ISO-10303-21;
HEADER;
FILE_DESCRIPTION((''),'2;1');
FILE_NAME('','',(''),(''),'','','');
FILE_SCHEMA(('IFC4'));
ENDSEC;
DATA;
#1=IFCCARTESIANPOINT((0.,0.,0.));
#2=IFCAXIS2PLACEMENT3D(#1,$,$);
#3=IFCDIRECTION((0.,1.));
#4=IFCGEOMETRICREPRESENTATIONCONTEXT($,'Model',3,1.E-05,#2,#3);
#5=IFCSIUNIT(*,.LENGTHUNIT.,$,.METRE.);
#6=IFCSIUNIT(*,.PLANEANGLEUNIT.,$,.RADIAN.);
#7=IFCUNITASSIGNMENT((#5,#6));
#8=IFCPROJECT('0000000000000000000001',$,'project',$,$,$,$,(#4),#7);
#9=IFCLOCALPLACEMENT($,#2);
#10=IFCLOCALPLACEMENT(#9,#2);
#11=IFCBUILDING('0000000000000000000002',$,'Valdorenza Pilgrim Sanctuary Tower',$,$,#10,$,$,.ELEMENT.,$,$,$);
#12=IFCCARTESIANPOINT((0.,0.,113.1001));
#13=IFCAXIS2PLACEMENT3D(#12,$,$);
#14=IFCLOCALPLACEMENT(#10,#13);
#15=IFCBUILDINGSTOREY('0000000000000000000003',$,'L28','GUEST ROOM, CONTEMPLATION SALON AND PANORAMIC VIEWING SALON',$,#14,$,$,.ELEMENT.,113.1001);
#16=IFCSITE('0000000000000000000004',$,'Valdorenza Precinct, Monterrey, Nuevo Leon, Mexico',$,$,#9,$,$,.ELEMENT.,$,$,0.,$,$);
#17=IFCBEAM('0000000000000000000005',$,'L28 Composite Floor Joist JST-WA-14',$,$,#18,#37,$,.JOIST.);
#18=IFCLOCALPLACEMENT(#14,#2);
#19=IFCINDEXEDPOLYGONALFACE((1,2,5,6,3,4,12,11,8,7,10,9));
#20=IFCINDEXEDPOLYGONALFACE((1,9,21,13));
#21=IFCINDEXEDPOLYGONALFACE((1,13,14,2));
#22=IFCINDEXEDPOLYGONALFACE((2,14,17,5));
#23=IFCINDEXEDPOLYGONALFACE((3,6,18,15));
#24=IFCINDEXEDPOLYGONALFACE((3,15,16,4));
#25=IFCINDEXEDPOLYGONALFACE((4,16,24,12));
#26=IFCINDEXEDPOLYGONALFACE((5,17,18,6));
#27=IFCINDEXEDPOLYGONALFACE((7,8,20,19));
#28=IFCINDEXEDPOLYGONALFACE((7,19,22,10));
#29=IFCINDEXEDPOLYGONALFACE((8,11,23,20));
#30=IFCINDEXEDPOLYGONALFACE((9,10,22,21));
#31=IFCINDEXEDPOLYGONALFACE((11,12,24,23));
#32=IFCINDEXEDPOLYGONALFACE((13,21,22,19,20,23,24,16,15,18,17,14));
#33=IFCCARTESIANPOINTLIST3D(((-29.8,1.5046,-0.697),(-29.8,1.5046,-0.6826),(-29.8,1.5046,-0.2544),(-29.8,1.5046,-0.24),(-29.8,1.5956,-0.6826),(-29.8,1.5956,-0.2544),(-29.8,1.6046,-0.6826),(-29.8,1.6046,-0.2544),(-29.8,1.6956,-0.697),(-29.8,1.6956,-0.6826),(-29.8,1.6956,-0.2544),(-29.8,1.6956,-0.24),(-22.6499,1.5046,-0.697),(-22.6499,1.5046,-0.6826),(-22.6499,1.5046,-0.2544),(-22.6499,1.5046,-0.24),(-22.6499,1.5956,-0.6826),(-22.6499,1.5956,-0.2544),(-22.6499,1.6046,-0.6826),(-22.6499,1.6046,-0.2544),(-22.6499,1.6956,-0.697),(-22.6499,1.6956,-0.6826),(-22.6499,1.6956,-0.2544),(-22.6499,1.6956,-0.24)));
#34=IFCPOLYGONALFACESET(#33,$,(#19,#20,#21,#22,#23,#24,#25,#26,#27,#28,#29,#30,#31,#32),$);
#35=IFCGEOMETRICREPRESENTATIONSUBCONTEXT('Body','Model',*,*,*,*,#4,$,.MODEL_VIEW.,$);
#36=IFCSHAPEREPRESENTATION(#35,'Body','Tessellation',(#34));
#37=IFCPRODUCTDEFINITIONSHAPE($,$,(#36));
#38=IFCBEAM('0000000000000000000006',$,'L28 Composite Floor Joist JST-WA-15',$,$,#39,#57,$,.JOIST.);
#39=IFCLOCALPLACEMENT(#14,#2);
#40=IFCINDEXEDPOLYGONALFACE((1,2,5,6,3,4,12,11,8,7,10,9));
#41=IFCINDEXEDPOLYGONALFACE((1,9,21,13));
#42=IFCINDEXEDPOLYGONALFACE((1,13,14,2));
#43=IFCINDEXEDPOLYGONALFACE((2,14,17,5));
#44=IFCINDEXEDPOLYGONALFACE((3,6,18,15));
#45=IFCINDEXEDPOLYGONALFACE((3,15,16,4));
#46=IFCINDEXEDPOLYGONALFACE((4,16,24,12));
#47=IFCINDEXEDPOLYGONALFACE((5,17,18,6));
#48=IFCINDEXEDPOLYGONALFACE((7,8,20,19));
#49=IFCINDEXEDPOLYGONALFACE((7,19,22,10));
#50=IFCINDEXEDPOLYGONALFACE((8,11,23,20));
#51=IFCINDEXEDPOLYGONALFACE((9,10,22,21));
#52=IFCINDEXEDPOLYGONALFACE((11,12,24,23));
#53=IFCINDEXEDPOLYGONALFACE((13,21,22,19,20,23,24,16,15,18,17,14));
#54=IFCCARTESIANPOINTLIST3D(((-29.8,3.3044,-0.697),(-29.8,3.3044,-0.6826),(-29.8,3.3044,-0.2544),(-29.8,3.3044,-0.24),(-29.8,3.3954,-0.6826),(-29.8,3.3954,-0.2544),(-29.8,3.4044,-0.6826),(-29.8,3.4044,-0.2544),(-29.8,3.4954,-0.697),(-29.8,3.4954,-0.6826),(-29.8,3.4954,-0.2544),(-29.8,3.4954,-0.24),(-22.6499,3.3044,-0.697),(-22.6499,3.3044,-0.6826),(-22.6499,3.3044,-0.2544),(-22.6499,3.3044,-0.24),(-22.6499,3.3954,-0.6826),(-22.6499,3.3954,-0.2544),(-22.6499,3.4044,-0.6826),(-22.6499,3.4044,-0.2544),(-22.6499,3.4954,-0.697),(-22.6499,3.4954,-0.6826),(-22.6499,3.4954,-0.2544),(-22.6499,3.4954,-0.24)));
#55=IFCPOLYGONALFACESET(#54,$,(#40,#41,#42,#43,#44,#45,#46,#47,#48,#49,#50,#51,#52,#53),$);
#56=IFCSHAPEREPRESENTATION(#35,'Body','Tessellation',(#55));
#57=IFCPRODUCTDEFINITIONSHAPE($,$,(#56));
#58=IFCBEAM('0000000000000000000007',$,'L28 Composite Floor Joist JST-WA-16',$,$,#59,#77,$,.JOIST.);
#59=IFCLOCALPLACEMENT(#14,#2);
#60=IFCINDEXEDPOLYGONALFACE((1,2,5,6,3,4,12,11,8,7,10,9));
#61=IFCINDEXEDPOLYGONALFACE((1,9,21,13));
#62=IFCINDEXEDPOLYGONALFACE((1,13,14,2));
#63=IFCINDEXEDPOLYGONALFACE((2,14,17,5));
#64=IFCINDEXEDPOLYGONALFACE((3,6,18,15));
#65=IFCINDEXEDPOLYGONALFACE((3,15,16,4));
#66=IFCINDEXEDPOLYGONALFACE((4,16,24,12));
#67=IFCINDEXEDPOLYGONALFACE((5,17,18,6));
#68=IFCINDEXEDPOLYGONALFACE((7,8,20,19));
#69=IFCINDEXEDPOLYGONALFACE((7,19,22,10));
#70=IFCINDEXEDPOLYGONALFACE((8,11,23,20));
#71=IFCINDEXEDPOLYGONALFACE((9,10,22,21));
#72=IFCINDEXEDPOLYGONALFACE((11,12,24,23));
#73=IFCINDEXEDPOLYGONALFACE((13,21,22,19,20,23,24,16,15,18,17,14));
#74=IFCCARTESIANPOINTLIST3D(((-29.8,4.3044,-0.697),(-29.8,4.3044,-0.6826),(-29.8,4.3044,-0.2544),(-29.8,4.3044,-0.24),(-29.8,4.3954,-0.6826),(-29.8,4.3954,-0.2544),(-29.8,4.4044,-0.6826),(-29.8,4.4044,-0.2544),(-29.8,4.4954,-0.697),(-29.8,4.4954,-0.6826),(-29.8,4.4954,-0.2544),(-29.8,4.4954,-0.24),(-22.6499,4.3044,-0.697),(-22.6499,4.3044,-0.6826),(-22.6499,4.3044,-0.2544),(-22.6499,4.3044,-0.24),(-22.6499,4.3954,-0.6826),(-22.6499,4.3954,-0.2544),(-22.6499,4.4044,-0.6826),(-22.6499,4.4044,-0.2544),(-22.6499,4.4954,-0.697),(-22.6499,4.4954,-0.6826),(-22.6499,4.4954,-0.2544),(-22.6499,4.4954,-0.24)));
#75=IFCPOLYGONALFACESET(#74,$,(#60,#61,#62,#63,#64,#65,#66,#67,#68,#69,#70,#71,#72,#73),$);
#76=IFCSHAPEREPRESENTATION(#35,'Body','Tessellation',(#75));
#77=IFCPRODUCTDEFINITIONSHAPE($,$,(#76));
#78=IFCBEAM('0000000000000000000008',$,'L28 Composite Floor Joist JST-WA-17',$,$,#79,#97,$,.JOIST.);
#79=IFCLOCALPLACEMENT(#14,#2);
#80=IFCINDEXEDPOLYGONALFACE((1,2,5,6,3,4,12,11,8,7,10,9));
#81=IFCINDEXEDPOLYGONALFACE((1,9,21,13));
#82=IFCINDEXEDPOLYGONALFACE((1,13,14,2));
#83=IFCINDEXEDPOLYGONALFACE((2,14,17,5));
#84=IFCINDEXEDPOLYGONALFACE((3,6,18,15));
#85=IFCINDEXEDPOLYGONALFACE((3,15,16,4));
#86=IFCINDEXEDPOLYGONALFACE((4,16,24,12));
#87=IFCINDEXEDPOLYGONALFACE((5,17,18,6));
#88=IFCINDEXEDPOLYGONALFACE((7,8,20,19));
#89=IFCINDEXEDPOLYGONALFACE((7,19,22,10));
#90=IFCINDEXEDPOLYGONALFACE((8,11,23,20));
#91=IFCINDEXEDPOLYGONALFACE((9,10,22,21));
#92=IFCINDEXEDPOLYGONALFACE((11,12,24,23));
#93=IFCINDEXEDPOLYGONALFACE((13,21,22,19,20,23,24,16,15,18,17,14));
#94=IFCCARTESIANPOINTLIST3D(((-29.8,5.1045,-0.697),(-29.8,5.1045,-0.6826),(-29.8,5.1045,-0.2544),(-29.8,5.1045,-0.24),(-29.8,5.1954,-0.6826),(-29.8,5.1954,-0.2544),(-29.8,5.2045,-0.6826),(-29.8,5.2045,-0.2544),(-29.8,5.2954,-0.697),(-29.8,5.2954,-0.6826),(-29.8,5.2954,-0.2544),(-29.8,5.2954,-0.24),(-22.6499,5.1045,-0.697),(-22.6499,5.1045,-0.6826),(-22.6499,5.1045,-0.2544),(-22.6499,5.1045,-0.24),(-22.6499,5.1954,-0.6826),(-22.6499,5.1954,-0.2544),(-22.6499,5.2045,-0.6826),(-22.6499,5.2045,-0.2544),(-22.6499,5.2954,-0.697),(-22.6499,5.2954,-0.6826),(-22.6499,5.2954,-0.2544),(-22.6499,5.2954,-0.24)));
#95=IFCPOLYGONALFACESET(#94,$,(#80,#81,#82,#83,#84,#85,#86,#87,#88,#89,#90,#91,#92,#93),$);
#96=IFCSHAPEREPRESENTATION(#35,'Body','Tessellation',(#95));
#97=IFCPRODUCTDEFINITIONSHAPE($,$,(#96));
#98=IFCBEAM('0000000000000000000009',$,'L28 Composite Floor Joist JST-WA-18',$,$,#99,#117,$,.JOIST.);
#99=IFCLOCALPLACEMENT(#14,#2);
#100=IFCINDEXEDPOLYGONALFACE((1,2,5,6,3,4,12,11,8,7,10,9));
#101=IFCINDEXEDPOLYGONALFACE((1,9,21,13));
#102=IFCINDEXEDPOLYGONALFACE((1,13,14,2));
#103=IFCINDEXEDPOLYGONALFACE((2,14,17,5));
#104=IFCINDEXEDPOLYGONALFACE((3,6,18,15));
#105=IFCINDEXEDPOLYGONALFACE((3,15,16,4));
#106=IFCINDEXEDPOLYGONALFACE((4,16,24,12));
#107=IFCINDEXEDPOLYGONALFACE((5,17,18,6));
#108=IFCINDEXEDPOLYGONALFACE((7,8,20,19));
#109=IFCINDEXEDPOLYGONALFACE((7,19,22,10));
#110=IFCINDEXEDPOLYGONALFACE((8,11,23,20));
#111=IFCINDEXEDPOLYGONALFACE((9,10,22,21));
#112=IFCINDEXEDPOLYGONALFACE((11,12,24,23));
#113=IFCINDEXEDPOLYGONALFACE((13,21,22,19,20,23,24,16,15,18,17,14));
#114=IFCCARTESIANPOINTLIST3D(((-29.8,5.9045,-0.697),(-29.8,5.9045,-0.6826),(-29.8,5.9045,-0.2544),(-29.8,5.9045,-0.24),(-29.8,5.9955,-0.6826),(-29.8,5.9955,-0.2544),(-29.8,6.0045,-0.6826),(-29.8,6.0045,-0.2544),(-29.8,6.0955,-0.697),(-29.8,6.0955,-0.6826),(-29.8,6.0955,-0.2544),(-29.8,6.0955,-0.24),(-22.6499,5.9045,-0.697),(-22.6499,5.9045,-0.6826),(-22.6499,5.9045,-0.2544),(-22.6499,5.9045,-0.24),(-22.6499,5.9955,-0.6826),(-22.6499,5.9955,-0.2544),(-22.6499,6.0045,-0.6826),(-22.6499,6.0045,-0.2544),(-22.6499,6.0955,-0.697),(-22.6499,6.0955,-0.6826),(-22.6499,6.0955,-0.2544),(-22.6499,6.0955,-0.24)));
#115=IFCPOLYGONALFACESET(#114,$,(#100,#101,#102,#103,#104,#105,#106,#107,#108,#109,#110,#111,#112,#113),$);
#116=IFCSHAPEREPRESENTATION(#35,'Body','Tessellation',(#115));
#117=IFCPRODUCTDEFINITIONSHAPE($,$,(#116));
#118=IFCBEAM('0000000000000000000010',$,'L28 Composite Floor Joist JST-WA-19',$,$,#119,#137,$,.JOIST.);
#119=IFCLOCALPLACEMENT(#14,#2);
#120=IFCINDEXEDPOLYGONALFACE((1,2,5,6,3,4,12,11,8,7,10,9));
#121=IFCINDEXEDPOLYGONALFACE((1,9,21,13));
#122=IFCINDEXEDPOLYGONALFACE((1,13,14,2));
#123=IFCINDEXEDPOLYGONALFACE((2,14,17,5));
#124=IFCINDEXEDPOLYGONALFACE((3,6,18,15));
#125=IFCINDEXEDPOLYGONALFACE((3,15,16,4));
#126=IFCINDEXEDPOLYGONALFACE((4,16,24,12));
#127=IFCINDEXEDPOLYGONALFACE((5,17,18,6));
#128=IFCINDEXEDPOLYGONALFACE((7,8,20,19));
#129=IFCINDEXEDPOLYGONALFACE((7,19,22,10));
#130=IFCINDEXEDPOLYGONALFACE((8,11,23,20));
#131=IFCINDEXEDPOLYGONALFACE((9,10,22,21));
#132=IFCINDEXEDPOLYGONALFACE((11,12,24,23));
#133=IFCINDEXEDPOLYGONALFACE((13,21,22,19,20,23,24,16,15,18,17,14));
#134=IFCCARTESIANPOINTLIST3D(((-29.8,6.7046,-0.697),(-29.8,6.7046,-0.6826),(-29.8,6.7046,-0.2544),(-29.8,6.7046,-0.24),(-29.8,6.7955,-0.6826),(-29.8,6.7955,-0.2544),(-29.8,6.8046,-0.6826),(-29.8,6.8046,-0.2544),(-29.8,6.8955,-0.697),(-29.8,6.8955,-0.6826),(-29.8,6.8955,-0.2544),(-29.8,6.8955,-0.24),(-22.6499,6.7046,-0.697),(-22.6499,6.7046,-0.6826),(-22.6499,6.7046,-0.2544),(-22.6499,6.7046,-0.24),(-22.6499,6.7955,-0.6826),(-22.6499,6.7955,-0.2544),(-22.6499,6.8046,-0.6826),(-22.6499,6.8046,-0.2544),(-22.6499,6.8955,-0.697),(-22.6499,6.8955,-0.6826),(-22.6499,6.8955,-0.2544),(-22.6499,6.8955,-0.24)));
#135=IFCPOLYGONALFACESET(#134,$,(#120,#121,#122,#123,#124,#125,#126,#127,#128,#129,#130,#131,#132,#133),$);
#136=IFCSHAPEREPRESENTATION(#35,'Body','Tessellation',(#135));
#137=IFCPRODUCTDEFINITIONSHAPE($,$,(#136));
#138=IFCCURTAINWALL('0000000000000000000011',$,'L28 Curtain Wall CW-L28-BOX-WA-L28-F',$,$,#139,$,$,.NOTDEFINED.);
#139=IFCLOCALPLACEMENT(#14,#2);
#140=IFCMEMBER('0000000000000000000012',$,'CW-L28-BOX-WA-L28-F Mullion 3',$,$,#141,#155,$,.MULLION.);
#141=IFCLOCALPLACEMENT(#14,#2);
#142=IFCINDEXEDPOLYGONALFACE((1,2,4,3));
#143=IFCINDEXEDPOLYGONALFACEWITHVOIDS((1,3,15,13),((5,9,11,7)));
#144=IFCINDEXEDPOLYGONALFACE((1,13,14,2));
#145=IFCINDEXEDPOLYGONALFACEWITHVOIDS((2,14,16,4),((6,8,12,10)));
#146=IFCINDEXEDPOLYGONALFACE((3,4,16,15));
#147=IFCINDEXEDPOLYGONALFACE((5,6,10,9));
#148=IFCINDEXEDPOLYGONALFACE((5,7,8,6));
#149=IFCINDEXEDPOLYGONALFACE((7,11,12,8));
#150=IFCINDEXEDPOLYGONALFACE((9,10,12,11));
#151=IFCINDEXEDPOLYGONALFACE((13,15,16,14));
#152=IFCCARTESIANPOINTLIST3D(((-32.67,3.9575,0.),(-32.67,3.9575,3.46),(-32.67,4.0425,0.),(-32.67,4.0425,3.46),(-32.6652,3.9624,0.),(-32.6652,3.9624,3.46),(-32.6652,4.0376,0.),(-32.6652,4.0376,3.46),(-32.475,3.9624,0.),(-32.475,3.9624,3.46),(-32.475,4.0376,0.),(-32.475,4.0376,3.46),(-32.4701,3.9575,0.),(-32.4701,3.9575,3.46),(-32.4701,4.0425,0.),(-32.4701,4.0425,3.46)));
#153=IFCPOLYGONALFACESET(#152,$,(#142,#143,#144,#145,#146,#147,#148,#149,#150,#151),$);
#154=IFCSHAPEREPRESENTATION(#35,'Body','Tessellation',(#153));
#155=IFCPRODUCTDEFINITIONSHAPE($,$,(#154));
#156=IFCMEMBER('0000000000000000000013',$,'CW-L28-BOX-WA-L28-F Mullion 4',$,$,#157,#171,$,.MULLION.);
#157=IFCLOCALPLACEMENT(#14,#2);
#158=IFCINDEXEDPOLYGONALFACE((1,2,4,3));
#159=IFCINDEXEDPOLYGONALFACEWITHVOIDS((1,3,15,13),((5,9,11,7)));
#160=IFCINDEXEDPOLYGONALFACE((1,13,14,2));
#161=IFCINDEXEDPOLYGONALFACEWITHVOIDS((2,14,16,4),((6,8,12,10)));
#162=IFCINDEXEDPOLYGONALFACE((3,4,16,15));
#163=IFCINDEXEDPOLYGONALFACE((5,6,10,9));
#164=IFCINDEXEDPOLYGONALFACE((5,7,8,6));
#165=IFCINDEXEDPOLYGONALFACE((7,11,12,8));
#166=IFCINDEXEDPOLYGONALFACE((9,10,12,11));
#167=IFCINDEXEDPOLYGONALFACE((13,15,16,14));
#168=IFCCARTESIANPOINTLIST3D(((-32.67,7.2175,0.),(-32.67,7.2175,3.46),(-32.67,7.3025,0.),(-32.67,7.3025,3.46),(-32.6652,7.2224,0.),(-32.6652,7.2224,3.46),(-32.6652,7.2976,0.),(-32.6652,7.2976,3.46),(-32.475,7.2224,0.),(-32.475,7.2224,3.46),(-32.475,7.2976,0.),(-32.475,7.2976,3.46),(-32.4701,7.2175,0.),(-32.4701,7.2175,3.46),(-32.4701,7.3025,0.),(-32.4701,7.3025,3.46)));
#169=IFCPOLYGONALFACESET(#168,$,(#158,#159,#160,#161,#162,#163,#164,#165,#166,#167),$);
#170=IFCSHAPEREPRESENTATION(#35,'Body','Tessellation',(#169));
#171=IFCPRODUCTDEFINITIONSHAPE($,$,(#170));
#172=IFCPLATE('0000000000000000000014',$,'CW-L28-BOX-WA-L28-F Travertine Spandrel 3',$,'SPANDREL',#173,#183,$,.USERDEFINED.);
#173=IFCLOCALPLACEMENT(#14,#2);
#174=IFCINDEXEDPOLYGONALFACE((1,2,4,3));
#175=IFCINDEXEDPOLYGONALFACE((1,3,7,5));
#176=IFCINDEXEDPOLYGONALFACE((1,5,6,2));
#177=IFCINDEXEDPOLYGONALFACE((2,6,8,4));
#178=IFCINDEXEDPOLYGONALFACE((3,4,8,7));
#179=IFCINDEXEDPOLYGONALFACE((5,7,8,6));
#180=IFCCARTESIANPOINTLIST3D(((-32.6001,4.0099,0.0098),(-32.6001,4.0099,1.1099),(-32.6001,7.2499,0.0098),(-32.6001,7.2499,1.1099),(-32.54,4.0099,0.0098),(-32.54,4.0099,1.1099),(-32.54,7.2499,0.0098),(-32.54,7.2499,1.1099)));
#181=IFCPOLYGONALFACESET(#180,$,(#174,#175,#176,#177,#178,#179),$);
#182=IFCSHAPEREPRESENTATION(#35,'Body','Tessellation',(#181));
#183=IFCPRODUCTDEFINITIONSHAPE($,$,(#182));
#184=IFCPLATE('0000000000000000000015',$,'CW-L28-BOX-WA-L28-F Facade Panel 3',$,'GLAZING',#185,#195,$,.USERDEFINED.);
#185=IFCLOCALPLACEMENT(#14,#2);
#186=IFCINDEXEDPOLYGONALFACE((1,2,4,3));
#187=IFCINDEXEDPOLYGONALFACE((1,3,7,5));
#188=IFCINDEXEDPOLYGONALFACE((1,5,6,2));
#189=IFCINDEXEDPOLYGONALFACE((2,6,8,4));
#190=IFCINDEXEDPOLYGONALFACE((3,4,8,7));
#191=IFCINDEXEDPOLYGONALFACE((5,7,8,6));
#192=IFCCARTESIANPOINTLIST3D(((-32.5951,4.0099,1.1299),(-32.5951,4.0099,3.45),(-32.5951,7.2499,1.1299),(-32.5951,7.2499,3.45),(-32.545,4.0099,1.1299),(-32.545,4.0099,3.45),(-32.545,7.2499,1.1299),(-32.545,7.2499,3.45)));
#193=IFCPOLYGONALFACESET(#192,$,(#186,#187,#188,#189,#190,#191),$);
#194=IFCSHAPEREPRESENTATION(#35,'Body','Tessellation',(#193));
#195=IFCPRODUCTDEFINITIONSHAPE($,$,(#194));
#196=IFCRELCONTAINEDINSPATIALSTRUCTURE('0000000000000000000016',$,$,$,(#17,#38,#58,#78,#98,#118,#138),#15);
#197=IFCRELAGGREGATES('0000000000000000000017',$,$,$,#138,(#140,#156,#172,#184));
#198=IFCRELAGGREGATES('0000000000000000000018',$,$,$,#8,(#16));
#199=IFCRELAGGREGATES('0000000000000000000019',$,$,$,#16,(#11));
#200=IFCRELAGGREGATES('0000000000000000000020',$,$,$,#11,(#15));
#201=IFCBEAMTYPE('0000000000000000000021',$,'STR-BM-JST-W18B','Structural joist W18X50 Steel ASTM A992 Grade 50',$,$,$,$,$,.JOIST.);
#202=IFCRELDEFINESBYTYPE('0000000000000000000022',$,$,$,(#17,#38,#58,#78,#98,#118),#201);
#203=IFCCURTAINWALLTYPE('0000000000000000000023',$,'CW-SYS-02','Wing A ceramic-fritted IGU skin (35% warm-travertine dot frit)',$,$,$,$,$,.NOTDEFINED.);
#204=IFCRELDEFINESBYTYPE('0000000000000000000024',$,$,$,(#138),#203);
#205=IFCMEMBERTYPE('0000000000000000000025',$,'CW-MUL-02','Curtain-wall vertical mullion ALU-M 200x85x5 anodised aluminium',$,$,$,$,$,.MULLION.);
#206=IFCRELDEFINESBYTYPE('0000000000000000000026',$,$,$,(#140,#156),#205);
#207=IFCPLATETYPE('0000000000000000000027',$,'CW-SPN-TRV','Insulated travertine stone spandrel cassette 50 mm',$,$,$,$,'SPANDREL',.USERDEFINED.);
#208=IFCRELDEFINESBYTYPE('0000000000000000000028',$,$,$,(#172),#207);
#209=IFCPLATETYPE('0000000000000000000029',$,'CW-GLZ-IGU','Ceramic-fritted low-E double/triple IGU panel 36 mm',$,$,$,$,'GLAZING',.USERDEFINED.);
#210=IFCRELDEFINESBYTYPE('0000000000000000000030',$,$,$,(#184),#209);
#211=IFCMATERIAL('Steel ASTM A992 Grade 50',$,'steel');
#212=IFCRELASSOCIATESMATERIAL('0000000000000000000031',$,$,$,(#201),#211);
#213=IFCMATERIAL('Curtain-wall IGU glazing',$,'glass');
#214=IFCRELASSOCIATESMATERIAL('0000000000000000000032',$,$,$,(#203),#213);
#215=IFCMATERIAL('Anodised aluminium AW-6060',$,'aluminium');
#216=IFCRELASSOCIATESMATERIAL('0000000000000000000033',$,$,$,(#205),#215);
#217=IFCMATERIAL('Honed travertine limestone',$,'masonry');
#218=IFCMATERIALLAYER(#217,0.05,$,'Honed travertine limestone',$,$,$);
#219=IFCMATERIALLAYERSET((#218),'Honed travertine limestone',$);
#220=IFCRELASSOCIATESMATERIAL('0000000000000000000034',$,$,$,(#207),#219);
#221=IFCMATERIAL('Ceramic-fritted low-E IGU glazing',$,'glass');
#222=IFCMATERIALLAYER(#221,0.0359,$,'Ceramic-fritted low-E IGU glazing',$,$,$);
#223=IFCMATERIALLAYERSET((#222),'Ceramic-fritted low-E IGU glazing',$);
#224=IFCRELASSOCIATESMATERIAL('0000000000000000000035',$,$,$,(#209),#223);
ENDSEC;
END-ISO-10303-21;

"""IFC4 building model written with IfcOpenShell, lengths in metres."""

from ifc_helpers import new_model, si_unit, direction, frame, origin, origin_2d, place, context, subcontext, project, spatial, rectangle, hollow_rectangle, i_section, extrude, source, transform, mapped, material, layer, layer_set, material_profile, profile_set, type_object, element, aggregate, save


model = new_model("IFC4")

# Units and contexts
model_context = context("Model", 3, precision=1e-05, world=origin(), true_north=direction((0.0, 1.0)))
body_context = subcontext(model_context, "Body", "Model", "MODEL_VIEW")
ifc_project = project(units=[si_unit("LENGTHUNIT", "METRE"), si_unit("PLANEANGLEUNIT", "RADIAN")], contexts=[model_context])

# Site, building, storey
site_placement = place(None, origin())
site = spatial("IfcSite", under=ifc_project, at=site_placement, Name="Valdorenza Precinct, Monterrey, Nuevo Leon, Mexico", CompositionType="ELEMENT", RefElevation=0.0)
building_placement = place(site_placement, origin())
building = spatial("IfcBuilding", under=site, at=building_placement, Name="Valdorenza Pilgrim Sanctuary Tower", CompositionType="ELEMENT")
storey_placement = place(building_placement, frame((0.0, 0.0, 113.1001)))
storey = spatial("IfcBuildingStorey", under=building, at=storey_placement, Name="L28", Description="GUEST ROOM, CONTEMPLATION SALON AND PANORAMIC VIEWING SALON", CompositionType="ELEMENT", Elevation=113.1001)

# Beams
ifc_material_1 = material(Name="Steel ASTM A992 Grade 50", Category="steel")
ifc_material_profile_1 = material_profile(ifc_material_1, i_section(OverallWidth=0.1909, OverallDepth=0.457, WebThickness=0.009, FlangeThickness=0.0144, at=origin_2d()), Name="W18X50")
ifc_profile_set_1 = profile_set([ifc_material_profile_1], Name="Steel ASTM A992 Grade 50")
beam_type = type_object("IfcBeamType", Name="STR-BM-JST-W18B", Description="Structural joist W18X50 Steel ASTM A992 Grade 50", PredefinedType="JOIST", material=ifc_profile_set_1)
shared_shape_1 = source(origin(), body_context, "Body", "SweptSolid", [
    extrude(i_section(OverallWidth=0.1909, OverallDepth=0.457, WebThickness=0.009, FlangeThickness=0.0144, at=origin_2d()), origin(), (0.0, 0.0, 1.0), 7.1501),
])
for number, where, z_axis, x_axis, name in (
    (1, (-29.8, 1.6001, -0.4685), (1.0, 0.0, 0.0), (0.0, 1.0, 0.0), "L28 Composite Floor Joist JST-WA-14"),
    (2, (-29.8, 3.3999, -0.4685), (1.0, 0.0, 0.0), (0.0, 1.0, 0.0), "L28 Composite Floor Joist JST-WA-15"),
    (3, (-29.8, 4.3999, -0.4685), (1.0, 0.0, 0.0), (0.0, 1.0, 0.0), "L28 Composite Floor Joist JST-WA-16"),
    (4, (-29.8, 5.2, -0.4685), (1.0, 0.0, 0.0), (0.0, 1.0, 0.0), "L28 Composite Floor Joist JST-WA-17"),
    (5, (-29.8, 6.0, -0.4685), (1.0, 0.0, 0.0), (0.0, 1.0, 0.0), "L28 Composite Floor Joist JST-WA-18"),
    (6, (-29.8, 6.8, -0.4685), (1.0, 0.0, 0.0), (0.0, 1.0, 0.0), "L28 Composite Floor Joist JST-WA-19"),
):
    element("IfcBeam", number, at=place(storey_placement, frame(where, z_axis=z_axis, x_axis=x_axis)), inside=storey, type_object=beam_type, Name=name, PredefinedType="JOIST", context=body_context, shape_type="MappedRepresentation", body=[
        mapped(shared_shape_1, transform((0.0, 0.0, 0.0), x_axis=(1.0, 0.0, 0.0), y_axis=(0.0, 1.0, 0.0), z_axis=(0.0, 0.0, 1.0), scale=1.0)),
    ])

# Curtain wall, members, plates
ifc_material_2 = material(Name="Curtain-wall IGU glazing", Category="glass")
curtain_wall_type = type_object("IfcCurtainWallType", Name="CW-SYS-02", Description="Wing A ceramic-fritted IGU skin (35% warm-travertine dot frit)", PredefinedType="NOTDEFINED", material=ifc_material_2)
curtain_wall_placement = place(storey_placement, origin())
curtain_wall = element("IfcCurtainWall", 7, at=curtain_wall_placement, inside=storey, type_object=curtain_wall_type, Name="L28 Curtain Wall CW-L28-BOX-WA-L28-F", PredefinedType="NOTDEFINED")
ifc_material_3 = material(Name="Anodised aluminium AW-6060", Category="aluminium")
ifc_material_profile_2 = material_profile(ifc_material_3, hollow_rectangle(XDim=0.085, YDim=0.2, WallThickness=0.0049, at=origin_2d()), Name="ALU-M 200x85x5")
ifc_profile_set_2 = profile_set([ifc_material_profile_2], Name="Anodised aluminium AW-6060")
member_type = type_object("IfcMemberType", Name="CW-MUL-02", Description="Curtain-wall vertical mullion ALU-M 200x85x5 anodised aluminium", PredefinedType="MULLION", material=ifc_profile_set_2)
shared_shape_2 = source(origin(), body_context, "Body", "SweptSolid", [
    extrude(hollow_rectangle(XDim=0.085, YDim=0.2, WallThickness=0.0049, at=origin_2d()), origin(), (0.0, 0.0, 1.0), 3.46),
])
member_1_placement = place(storey_placement, frame((-32.5701, 4.0, 0.0), z_axis=(0.0, 0.0, 1.0), x_axis=(0.0, 1.0, 0.0)))
member_1 = element("IfcMember", 8, at=member_1_placement, type_object=member_type, Name="CW-L28-BOX-WA-L28-F Mullion 3", PredefinedType="MULLION", context=body_context, shape_type="MappedRepresentation", body=[
    mapped(shared_shape_2, transform((0.0, 0.0, 0.0), x_axis=(1.0, 0.0, 0.0), y_axis=(0.0, 1.0, 0.0), z_axis=(0.0, 0.0, 1.0), scale=1.0)),
])
member_2_placement = place(storey_placement, frame((-32.5701, 7.26, 0.0), z_axis=(0.0, 0.0, 1.0), x_axis=(0.0, 1.0, 0.0)))
member_2 = element("IfcMember", 9, at=member_2_placement, type_object=member_type, Name="CW-L28-BOX-WA-L28-F Mullion 4", PredefinedType="MULLION", context=body_context, shape_type="MappedRepresentation", body=[
    mapped(shared_shape_2, transform((0.0, 0.0, 0.0), x_axis=(1.0, 0.0, 0.0), y_axis=(0.0, 1.0, 0.0), z_axis=(0.0, 0.0, 1.0), scale=1.0)),
])
ifc_material_4 = material(Name="Honed travertine limestone", Category="masonry")
ifc_layer_1 = layer(ifc_material_4, 0.05, Name="Honed travertine limestone")
ifc_layer_set_1 = layer_set([ifc_layer_1], Name="Honed travertine limestone")
plate_type_1 = type_object("IfcPlateType", Name="CW-SPN-TRV", Description="Insulated travertine stone spandrel cassette 50 mm", ElementType="SPANDREL", PredefinedType="USERDEFINED", material=ifc_layer_set_1)
shared_shape_3 = source(origin(), body_context, "Body", "SweptSolid", [
    extrude(rectangle(XDim=3.24, YDim=0.0601, at=origin_2d()), origin(), (0.0, 0.0, 1.0), 1.1001),
])
plate_1_placement = place(storey_placement, frame((-32.5701, 5.6299, 0.0098), z_axis=(0.0, 0.0, 1.0), x_axis=(0.0, 1.0, 0.0)))
plate_1 = element("IfcPlate", 10, at=plate_1_placement, type_object=plate_type_1, Name="CW-L28-BOX-WA-L28-F Travertine Spandrel 3", ObjectType="SPANDREL", PredefinedType="USERDEFINED", context=body_context, shape_type="MappedRepresentation", body=[
    mapped(shared_shape_3, transform((0.0, 0.0, 0.0), x_axis=(1.0, 0.0, 0.0), y_axis=(0.0, 1.0, 0.0), z_axis=(0.0, 0.0, 1.0), scale=1.0)),
])
ifc_material_5 = material(Name="Ceramic-fritted low-E IGU glazing", Category="glass")
ifc_layer_2 = layer(ifc_material_5, 0.0359, Name="Ceramic-fritted low-E IGU glazing")
ifc_layer_set_2 = layer_set([ifc_layer_2], Name="Ceramic-fritted low-E IGU glazing")
plate_type_2 = type_object("IfcPlateType", Name="CW-GLZ-IGU", Description="Ceramic-fritted low-E double/triple IGU panel 36 mm", ElementType="GLAZING", PredefinedType="USERDEFINED", material=ifc_layer_set_2)
shared_shape_4 = source(origin(), body_context, "Body", "SweptSolid", [
    extrude(rectangle(XDim=3.24, YDim=0.05, at=origin_2d()), origin(), (0.0, 0.0, 1.0), 2.3201),
])
plate_2_placement = place(storey_placement, frame((-32.5701, 5.6299, 1.1299), z_axis=(0.0, 0.0, 1.0), x_axis=(0.0, 1.0, 0.0)))
plate_2 = element("IfcPlate", 11, at=plate_2_placement, type_object=plate_type_2, Name="CW-L28-BOX-WA-L28-F Facade Panel 3", ObjectType="GLAZING", PredefinedType="USERDEFINED", context=body_context, shape_type="MappedRepresentation", body=[
    mapped(shared_shape_4, transform((0.0, 0.0, 0.0), x_axis=(1.0, 0.0, 0.0), y_axis=(0.0, 1.0, 0.0), z_axis=(0.0, 0.0, 1.0), scale=1.0)),
])
aggregate(curtain_wall, [member_1, member_2, plate_1, plate_2])

save(model, "model.ifc")
